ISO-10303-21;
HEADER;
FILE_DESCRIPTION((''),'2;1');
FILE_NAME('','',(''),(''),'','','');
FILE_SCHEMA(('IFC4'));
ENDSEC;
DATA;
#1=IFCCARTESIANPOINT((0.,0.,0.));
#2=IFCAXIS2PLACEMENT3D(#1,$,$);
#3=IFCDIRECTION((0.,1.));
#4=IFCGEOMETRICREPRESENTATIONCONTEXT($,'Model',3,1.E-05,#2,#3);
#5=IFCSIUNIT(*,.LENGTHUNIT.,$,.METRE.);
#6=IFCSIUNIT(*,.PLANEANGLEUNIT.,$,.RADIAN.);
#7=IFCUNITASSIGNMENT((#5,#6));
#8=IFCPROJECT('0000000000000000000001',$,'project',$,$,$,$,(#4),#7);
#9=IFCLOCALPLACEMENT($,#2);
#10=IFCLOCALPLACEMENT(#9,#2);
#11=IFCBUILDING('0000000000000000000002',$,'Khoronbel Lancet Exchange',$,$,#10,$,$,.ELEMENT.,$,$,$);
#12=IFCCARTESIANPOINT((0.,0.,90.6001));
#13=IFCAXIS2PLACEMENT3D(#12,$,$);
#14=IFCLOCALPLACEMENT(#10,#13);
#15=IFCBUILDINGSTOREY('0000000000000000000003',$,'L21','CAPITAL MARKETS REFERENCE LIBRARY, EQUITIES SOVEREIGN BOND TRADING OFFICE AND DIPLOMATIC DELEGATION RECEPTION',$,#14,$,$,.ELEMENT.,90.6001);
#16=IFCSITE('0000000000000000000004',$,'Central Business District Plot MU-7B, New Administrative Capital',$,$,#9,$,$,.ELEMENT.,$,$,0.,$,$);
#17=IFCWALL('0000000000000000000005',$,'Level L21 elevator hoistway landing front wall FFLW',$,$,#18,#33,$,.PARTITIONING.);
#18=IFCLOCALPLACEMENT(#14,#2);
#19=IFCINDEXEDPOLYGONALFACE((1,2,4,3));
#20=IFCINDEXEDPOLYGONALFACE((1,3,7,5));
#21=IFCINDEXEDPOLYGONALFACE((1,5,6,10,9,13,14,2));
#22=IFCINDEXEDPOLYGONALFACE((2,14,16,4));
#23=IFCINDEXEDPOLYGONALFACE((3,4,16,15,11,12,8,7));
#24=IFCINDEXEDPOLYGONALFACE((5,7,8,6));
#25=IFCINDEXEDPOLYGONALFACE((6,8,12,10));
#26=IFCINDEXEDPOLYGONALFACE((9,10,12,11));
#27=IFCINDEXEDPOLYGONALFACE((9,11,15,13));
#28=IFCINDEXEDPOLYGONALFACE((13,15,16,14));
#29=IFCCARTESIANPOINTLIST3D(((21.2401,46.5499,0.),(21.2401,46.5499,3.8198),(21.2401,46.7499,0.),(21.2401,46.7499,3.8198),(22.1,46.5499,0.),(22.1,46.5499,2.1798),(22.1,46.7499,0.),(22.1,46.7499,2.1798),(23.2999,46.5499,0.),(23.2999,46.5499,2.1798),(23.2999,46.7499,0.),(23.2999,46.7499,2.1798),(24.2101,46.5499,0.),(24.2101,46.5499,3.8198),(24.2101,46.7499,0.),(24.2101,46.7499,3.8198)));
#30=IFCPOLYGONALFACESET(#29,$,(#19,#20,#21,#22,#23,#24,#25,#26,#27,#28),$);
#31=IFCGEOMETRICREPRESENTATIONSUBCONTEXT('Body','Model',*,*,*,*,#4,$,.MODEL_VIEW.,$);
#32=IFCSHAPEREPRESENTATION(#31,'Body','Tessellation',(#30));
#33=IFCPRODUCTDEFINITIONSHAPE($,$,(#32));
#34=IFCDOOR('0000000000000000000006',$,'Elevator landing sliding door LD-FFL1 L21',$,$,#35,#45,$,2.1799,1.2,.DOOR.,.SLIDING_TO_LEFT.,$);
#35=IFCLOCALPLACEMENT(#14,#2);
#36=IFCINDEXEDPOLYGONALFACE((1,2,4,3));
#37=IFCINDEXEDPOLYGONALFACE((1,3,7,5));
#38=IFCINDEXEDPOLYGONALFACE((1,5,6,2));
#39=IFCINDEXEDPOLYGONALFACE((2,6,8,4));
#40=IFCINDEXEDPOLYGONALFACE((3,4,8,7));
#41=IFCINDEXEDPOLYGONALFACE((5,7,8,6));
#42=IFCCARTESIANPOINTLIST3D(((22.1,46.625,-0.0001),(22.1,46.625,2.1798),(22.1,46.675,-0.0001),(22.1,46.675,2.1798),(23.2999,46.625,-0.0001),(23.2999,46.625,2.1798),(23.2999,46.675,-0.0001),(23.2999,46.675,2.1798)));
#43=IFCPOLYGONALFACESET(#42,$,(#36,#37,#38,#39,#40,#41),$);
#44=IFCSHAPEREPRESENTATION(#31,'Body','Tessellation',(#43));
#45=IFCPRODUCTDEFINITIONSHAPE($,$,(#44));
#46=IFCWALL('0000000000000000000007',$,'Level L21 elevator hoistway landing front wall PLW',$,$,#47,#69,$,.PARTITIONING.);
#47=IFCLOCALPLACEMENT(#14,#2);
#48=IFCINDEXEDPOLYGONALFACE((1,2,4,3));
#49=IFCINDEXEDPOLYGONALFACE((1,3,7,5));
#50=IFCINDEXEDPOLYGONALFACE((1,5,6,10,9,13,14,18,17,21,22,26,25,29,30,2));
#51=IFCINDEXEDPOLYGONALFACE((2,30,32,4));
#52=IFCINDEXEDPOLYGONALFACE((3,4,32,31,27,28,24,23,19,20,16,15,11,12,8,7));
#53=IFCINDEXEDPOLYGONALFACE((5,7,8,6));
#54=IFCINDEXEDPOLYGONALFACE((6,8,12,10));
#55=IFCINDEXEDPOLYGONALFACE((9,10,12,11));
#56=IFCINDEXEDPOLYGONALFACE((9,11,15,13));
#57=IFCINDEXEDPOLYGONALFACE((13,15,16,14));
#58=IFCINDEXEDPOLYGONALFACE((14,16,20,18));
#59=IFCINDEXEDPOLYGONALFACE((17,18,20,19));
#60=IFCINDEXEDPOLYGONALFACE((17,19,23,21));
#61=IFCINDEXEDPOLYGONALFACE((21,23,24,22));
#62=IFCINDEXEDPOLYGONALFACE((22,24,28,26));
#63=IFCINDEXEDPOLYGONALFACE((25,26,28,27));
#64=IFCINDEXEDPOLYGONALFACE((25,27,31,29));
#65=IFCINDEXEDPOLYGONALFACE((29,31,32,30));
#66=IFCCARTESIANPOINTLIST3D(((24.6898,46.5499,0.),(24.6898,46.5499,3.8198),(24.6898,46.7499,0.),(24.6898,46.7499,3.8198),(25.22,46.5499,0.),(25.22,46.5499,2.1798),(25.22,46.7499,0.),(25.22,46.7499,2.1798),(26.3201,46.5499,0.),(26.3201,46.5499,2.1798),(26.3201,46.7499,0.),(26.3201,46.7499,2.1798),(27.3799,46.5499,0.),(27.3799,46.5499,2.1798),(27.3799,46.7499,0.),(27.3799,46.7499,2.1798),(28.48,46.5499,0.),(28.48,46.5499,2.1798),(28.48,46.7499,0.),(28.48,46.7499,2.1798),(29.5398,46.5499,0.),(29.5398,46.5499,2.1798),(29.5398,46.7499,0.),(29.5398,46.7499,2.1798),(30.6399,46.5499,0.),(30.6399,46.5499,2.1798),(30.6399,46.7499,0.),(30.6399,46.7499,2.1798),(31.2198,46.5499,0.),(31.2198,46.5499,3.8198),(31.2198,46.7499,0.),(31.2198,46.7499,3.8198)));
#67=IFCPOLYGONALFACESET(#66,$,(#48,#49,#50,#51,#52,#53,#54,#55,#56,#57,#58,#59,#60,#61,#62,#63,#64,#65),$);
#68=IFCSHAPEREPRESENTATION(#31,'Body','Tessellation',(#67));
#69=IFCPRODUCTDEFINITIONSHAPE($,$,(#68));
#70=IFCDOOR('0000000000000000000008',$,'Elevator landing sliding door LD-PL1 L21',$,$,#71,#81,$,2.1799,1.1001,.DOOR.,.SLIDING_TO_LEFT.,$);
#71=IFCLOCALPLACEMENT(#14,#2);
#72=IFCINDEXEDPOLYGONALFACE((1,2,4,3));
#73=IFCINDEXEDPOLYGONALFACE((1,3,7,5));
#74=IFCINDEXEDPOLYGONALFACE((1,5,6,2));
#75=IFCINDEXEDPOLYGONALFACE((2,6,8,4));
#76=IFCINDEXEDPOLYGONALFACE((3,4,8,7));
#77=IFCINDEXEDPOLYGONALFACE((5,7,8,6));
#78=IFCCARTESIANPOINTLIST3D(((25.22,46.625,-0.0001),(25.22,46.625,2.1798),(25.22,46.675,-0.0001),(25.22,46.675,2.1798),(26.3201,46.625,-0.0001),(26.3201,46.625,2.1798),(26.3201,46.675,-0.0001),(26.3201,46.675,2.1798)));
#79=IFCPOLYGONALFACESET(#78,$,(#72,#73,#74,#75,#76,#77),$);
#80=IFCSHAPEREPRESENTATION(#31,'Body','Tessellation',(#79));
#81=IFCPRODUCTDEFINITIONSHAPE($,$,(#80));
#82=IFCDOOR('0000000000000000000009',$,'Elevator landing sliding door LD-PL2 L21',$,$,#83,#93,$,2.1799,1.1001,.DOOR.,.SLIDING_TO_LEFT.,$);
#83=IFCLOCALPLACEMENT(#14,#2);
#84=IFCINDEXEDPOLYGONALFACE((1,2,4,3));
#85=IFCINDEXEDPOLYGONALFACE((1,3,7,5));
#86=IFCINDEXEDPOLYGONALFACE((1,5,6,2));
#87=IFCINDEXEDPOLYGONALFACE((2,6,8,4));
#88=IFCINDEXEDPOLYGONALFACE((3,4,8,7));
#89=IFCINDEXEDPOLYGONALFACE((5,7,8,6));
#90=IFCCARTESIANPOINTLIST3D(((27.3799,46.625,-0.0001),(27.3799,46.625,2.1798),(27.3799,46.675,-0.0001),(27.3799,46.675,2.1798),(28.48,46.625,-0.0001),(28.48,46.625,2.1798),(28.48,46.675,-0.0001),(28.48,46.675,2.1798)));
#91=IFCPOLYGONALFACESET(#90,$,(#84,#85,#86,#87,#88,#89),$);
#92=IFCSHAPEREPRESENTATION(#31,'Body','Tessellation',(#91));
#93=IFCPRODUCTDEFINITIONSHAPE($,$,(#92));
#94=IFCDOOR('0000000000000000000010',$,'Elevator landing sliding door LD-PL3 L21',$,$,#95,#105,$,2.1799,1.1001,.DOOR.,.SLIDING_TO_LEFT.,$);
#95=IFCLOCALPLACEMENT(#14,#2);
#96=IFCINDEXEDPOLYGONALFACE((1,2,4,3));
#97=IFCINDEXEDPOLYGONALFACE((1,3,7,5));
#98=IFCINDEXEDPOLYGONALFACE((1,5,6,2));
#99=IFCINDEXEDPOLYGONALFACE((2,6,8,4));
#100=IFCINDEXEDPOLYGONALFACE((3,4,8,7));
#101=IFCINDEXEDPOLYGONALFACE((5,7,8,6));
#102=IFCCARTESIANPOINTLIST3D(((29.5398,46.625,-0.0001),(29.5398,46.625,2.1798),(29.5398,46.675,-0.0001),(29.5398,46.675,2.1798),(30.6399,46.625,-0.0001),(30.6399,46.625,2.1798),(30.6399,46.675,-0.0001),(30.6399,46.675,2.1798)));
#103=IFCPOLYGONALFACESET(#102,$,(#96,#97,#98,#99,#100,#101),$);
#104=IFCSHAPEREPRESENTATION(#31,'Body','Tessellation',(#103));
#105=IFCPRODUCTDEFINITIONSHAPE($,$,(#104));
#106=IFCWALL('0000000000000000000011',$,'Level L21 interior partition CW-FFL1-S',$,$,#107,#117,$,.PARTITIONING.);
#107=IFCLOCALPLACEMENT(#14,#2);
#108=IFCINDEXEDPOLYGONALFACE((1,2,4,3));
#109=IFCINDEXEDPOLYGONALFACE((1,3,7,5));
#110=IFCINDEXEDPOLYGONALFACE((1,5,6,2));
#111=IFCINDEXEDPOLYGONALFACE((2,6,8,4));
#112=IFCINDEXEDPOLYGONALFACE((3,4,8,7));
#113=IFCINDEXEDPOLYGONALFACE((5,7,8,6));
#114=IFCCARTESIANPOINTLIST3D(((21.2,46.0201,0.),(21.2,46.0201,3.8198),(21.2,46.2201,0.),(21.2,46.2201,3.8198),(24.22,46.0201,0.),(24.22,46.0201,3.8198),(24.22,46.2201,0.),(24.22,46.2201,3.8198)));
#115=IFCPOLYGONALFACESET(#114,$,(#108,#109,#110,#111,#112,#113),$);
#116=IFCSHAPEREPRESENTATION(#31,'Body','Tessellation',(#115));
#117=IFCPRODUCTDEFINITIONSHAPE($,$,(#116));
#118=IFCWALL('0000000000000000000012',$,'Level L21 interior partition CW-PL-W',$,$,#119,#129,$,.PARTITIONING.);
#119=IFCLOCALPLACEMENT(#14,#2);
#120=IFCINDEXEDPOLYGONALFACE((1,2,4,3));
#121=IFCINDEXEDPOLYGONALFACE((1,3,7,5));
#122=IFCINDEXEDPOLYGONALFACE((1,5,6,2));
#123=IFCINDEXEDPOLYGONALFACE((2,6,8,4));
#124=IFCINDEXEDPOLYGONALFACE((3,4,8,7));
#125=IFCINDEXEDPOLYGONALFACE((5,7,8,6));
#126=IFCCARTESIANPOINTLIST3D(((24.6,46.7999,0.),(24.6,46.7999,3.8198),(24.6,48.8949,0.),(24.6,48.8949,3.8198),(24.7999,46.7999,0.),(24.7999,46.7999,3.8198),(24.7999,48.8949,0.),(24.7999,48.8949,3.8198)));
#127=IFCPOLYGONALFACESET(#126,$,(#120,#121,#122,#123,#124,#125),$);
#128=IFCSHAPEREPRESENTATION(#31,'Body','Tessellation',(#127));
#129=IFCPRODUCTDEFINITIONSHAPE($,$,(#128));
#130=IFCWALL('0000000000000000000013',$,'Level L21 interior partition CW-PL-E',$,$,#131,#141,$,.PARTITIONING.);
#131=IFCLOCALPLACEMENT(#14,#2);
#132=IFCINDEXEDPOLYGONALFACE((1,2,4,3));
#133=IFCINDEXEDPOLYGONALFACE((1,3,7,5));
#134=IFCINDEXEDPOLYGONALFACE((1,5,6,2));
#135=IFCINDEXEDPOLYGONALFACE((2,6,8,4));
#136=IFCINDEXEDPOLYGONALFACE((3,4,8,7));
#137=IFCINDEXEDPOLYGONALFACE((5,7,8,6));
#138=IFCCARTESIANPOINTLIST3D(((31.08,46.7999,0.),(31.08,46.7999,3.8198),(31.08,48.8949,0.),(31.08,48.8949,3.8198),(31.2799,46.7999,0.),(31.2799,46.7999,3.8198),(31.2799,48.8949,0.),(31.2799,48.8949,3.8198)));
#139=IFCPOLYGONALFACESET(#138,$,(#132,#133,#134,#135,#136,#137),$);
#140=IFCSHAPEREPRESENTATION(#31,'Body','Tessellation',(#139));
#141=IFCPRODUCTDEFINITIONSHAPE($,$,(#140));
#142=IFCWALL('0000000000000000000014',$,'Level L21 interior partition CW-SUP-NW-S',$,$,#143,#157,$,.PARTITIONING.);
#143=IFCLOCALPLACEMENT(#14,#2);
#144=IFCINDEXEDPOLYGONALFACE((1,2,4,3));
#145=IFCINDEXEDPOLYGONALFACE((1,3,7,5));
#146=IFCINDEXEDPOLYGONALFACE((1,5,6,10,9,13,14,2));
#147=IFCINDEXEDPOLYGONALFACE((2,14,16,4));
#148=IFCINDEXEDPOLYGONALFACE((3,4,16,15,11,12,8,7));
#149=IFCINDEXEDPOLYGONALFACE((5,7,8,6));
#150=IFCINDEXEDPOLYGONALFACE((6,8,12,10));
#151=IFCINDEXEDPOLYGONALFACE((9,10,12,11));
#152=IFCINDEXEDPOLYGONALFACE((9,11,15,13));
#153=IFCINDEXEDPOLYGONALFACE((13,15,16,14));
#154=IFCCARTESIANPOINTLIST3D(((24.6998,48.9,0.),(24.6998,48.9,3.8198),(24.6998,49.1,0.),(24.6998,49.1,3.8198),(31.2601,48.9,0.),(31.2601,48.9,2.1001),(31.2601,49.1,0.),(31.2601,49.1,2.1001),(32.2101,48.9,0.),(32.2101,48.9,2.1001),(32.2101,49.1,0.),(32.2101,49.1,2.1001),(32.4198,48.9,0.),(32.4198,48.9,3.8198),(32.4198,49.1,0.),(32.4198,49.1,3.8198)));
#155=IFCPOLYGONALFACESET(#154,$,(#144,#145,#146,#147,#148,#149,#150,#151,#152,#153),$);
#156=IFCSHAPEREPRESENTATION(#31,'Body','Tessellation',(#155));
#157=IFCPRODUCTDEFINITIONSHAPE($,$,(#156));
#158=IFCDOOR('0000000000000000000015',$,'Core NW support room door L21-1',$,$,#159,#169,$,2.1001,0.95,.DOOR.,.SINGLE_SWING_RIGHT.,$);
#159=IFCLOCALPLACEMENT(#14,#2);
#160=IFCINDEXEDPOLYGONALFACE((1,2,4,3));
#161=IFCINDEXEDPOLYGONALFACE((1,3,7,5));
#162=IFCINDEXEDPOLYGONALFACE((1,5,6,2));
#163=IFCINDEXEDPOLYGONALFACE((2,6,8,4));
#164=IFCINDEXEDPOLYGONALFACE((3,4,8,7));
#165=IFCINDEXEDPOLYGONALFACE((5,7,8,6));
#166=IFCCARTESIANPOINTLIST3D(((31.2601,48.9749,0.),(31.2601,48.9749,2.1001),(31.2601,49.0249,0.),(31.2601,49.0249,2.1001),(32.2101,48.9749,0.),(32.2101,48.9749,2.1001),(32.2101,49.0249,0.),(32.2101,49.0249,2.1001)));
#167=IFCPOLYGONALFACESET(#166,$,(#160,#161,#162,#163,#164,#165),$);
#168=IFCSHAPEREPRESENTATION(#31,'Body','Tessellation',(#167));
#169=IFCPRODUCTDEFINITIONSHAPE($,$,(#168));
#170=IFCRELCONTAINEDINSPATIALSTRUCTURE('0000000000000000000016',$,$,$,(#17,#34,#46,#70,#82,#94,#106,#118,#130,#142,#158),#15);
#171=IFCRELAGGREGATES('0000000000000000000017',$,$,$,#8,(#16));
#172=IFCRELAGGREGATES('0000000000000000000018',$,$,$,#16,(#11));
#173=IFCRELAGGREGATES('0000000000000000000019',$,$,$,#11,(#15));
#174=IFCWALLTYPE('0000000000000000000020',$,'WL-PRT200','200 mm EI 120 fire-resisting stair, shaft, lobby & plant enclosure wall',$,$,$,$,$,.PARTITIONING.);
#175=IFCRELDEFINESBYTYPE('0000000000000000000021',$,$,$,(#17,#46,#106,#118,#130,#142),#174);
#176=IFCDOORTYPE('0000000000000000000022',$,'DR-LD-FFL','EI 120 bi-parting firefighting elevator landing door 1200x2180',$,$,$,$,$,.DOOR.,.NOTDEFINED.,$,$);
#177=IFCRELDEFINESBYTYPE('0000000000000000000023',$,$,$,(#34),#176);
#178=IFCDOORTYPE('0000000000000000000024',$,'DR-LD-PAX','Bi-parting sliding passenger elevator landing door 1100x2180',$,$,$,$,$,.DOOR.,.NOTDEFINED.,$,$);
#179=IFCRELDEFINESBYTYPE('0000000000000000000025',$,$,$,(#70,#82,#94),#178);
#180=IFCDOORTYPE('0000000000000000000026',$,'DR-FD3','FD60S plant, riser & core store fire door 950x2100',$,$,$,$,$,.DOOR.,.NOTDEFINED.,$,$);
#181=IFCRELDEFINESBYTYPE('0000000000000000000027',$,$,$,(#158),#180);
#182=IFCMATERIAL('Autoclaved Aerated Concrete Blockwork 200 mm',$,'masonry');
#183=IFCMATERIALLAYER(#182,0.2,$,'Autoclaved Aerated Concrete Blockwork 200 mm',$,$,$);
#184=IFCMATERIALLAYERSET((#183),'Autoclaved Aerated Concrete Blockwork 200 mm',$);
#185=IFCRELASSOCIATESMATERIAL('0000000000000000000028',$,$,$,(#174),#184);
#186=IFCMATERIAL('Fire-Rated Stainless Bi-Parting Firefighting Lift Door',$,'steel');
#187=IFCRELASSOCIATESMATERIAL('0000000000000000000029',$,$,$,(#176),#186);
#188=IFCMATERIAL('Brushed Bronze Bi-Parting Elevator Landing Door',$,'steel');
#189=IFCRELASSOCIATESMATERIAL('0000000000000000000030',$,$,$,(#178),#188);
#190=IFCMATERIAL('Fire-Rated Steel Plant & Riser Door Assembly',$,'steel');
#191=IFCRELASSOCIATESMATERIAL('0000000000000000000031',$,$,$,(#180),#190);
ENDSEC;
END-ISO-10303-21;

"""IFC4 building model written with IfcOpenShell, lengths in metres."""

from ifc_helpers import new_model, si_unit, direction, frame, frame_2d, origin, place, context, subcontext, project, spatial, rectangle, extrude, material, layer, layer_set, type_object, element, fill, save


model = new_model("IFC4")

# Units and contexts
model_context = context("Model", 3, precision=1e-05, world=origin(), true_north=direction((0.0, 1.0)))
body_context = subcontext(model_context, "Body", "Model", "MODEL_VIEW")
ifc_project = project(units=[si_unit("LENGTHUNIT", "METRE"), si_unit("PLANEANGLEUNIT", "RADIAN")], contexts=[model_context])

# Site, building, storey
site_placement = place(None, origin())
site = spatial("IfcSite", under=ifc_project, at=site_placement, Name="Central Business District Plot MU-7B, New Administrative Capital", CompositionType="ELEMENT", RefElevation=0.0)
building_placement = place(site_placement, origin())
building = spatial("IfcBuilding", under=site, at=building_placement, Name="Khoronbel Lancet Exchange", CompositionType="ELEMENT")
storey_placement = place(building_placement, frame((0.0, 0.0, 90.6001)))
storey = spatial("IfcBuildingStorey", under=building, at=storey_placement, Name="L21", Description="CAPITAL MARKETS REFERENCE LIBRARY, EQUITIES SOVEREIGN BOND TRADING OFFICE AND DIPLOMATIC DELEGATION RECEPTION", CompositionType="ELEMENT", Elevation=90.6001)

# Wall, opening, door
ifc_material_1 = material(Name="Autoclaved Aerated Concrete Blockwork 200 mm", Category="masonry")
ifc_layer_1 = layer(ifc_material_1, 0.2, Name="Autoclaved Aerated Concrete Blockwork 200 mm")
ifc_layer_set_1 = layer_set([ifc_layer_1], Name="Autoclaved Aerated Concrete Blockwork 200 mm")
wall_type_1 = type_object("IfcWallType", Name="WL-PRT200", Description="200 mm EI 120 fire-resisting stair, shaft, lobby & plant enclosure wall", PredefinedType="PARTITIONING", material=ifc_layer_set_1)
wall_1_placement = place(storey_placement, frame((24.21, 46.6499, 0.0), z_axis=(0.0, 0.0, 1.0), x_axis=(-1.0, 0.0, 0.0)))
wall_1 = element("IfcWall", 1, at=wall_1_placement, inside=storey, type_object=wall_type_1, Name="Level L21 elevator hoistway landing front wall FFLW", PredefinedType="PARTITIONING", context=body_context, shape_type="SweptSolid", body=[
    extrude(rectangle(XDim=2.97, YDim=0.2, at=frame_2d((1.4849, 0.0))), origin(), (0.0, 0.0, 1.0), 3.8198),
])
opening_1_placement = place(wall_1_placement, frame((0.9099, 0.0, 0.0)))
opening_1 = element("IfcOpeningElement", 2, at=opening_1_placement, cuts=wall_1, PredefinedType="OPENING", context=body_context, shape_type="SweptSolid", body=[
    extrude(rectangle(XDim=1.2, YDim=2.1799, at=frame_2d((0.6001, 1.0898))), frame((0.0, 0.1099, 0.0), z_axis=(0.0, -1.0, 0.0), x_axis=(1.0, 0.0, 0.0)), (0.0, 0.0, 1.0), 0.22),
])
ifc_material_2 = material(Name="Fire-Rated Stainless Bi-Parting Firefighting Lift Door", Category="steel")
door_type_1 = type_object("IfcDoorType", Name="DR-LD-FFL", Description="EI 120 bi-parting firefighting elevator landing door 1200x2180", OperationType="NOTDEFINED", PredefinedType="DOOR", material=ifc_material_2)
door_1_placement = place(opening_1_placement, origin())
door_1 = element("IfcDoor", 3, at=door_1_placement, inside=storey, type_object=door_type_1, Name="Elevator landing sliding door LD-FFL1 L21", OperationType="SLIDING_TO_LEFT", OverallHeight=2.1799, OverallWidth=1.2, PredefinedType="DOOR", context=body_context, shape_type="SweptSolid", body=[
    extrude(rectangle(XDim=1.2, YDim=2.1799, at=frame_2d((0.6001, 1.0898))), frame((0.0, 0.0249, 0.0), z_axis=(0.0, -1.0, 0.0), x_axis=(1.0, 0.0, 0.0)), (0.0, 0.0, 1.0), 0.05),
])
fill(opening_1, door_1)

# Wall, openings, doors
wall_2_placement = place(storey_placement, frame((31.22, 46.6499, 0.0), z_axis=(0.0, 0.0, 1.0), x_axis=(-1.0, 0.0, 0.0)))
wall_2 = element("IfcWall", 4, at=wall_2_placement, inside=storey, type_object=wall_type_1, Name="Level L21 elevator hoistway landing front wall PLW", PredefinedType="PARTITIONING", context=body_context, shape_type="SweptSolid", body=[
    extrude(rectangle(XDim=6.53, YDim=0.2, at=frame_2d((3.2651, 0.0))), origin(), (0.0, 0.0, 1.0), 3.8198),
])
opening_2_placement = place(wall_2_placement, frame((4.8999, 0.0, 0.0)))
opening_2 = element("IfcOpeningElement", 5, at=opening_2_placement, cuts=wall_2, PredefinedType="OPENING", context=body_context, shape_type="SweptSolid", body=[
    extrude(rectangle(XDim=1.1001, YDim=2.1799, at=frame_2d((0.55, 1.0898))), frame((0.0, 0.1099, 0.0), z_axis=(0.0, -1.0, 0.0), x_axis=(1.0, 0.0, 0.0)), (0.0, 0.0, 1.0), 0.22),
])
opening_3_placement = place(wall_2_placement, frame((2.74, 0.0, 0.0)))
opening_3 = element("IfcOpeningElement", 6, at=opening_3_placement, cuts=wall_2, PredefinedType="OPENING", context=body_context, shape_type="SweptSolid", body=[
    extrude(rectangle(XDim=1.1001, YDim=2.1799, at=frame_2d((0.55, 1.0898))), frame((0.0, 0.1099, 0.0), z_axis=(0.0, -1.0, 0.0), x_axis=(1.0, 0.0, 0.0)), (0.0, 0.0, 1.0), 0.22),
])
opening_4_placement = place(wall_2_placement, frame((0.5801, 0.0, 0.0)))
opening_4 = element("IfcOpeningElement", 7, at=opening_4_placement, cuts=wall_2, PredefinedType="OPENING", context=body_context, shape_type="SweptSolid", body=[
    extrude(rectangle(XDim=1.1001, YDim=2.1799, at=frame_2d((0.55, 1.0898))), frame((0.0, 0.1099, 0.0), z_axis=(0.0, -1.0, 0.0), x_axis=(1.0, 0.0, 0.0)), (0.0, 0.0, 1.0), 0.22),
])
ifc_material_3 = material(Name="Brushed Bronze Bi-Parting Elevator Landing Door", Category="steel")
door_type_2 = type_object("IfcDoorType", Name="DR-LD-PAX", Description="Bi-parting sliding passenger elevator landing door 1100x2180", OperationType="NOTDEFINED", PredefinedType="DOOR", material=ifc_material_3)
door_2_placement = place(opening_2_placement, origin())
door_2 = element("IfcDoor", 8, at=door_2_placement, inside=storey, type_object=door_type_2, Name="Elevator landing sliding door LD-PL1 L21", OperationType="SLIDING_TO_LEFT", OverallHeight=2.1799, OverallWidth=1.1001, PredefinedType="DOOR", context=body_context, shape_type="SweptSolid", body=[
    extrude(rectangle(XDim=1.1001, YDim=2.1799, at=frame_2d((0.55, 1.0898))), frame((0.0, 0.0249, 0.0), z_axis=(0.0, -1.0, 0.0), x_axis=(1.0, 0.0, 0.0)), (0.0, 0.0, 1.0), 0.05),
])
fill(opening_2, door_2)
door_3_placement = place(opening_3_placement, origin())
door_3 = element("IfcDoor", 9, at=door_3_placement, inside=storey, type_object=door_type_2, Name="Elevator landing sliding door LD-PL2 L21", OperationType="SLIDING_TO_LEFT", OverallHeight=2.1799, OverallWidth=1.1001, PredefinedType="DOOR", context=body_context, shape_type="SweptSolid", body=[
    extrude(rectangle(XDim=1.1001, YDim=2.1799, at=frame_2d((0.55, 1.0898))), frame((0.0, 0.0249, 0.0), z_axis=(0.0, -1.0, 0.0), x_axis=(1.0, 0.0, 0.0)), (0.0, 0.0, 1.0), 0.05),
])
fill(opening_3, door_3)
door_4_placement = place(opening_4_placement, origin())
door_4 = element("IfcDoor", 10, at=door_4_placement, inside=storey, type_object=door_type_2, Name="Elevator landing sliding door LD-PL3 L21", OperationType="SLIDING_TO_LEFT", OverallHeight=2.1799, OverallWidth=1.1001, PredefinedType="DOOR", context=body_context, shape_type="SweptSolid", body=[
    extrude(rectangle(XDim=1.1001, YDim=2.1799, at=frame_2d((0.55, 1.0898))), frame((0.0, 0.0249, 0.0), z_axis=(0.0, -1.0, 0.0), x_axis=(1.0, 0.0, 0.0)), (0.0, 0.0, 1.0), 0.05),
])
fill(opening_4, door_4)

# Walls
wall_3_placement = place(storey_placement, frame((21.2, 46.1201, 0.0), z_axis=(0.0, 0.0, 1.0), x_axis=(1.0, 0.0, 0.0)))
element("IfcWall", 11, at=wall_3_placement, inside=storey, type_object=wall_type_1, Name="Level L21 interior partition CW-FFL1-S", PredefinedType="PARTITIONING", context=body_context, shape_type="SweptSolid", body=[
    extrude(rectangle(XDim=3.02, YDim=0.2, at=frame_2d((1.51, 0.0))), origin(), (0.0, 0.0, 1.0), 3.8198),
])
for number, where, z_axis, x_axis, name in (
    (12, (24.7, 46.8, 0.0), (0.0, 0.0, 1.0), (0.0, 1.0, 0.0), "Level L21 interior partition CW-PL-W"),
    (13, (31.1799, 46.8, 0.0), (0.0, 0.0, 1.0), (0.0, 1.0, 0.0), "Level L21 interior partition CW-PL-E"),
):
    element("IfcWall", number, at=place(storey_placement, frame(where, z_axis=z_axis, x_axis=x_axis)), inside=storey, type_object=wall_type_1, Name=name, PredefinedType="PARTITIONING", context=body_context, shape_type="SweptSolid", body=[
        extrude(rectangle(XDim=2.095, YDim=0.2, at=frame_2d((1.0474, 0.0))), origin(), (0.0, 0.0, 1.0), 3.8198),
    ])

# Wall, opening, door
wall_4_placement = place(storey_placement, frame((24.7, 49.0, 0.0), z_axis=(0.0, 0.0, 1.0), x_axis=(1.0, 0.0, 0.0)))
wall_4 = element("IfcWall", 14, at=wall_4_placement, inside=storey, type_object=wall_type_1, Name="Level L21 interior partition CW-SUP-NW-S", PredefinedType="PARTITIONING", context=body_context, shape_type="SweptSolid", body=[
    extrude(rectangle(XDim=7.72, YDim=0.2, at=frame_2d((3.8599, 0.0))), origin(), (0.0, 0.0, 1.0), 3.8198),
])
opening_5_placement = place(wall_4_placement, frame((6.5601, 0.0, 0.0)))
opening_5 = element("IfcOpeningElement", 15, at=opening_5_placement, cuts=wall_4, PredefinedType="OPENING", context=body_context, shape_type="SweptSolid", body=[
    extrude(rectangle(XDim=0.95, YDim=2.1001, at=frame_2d((0.4751, 1.05))), frame((0.0, 0.1099, 0.0), z_axis=(0.0, -1.0, 0.0), x_axis=(1.0, 0.0, 0.0)), (0.0, 0.0, 1.0), 0.22),
])
ifc_material_4 = material(Name="Fire-Rated Steel Plant & Riser Door Assembly", Category="steel")
door_type_3 = type_object("IfcDoorType", Name="DR-FD3", Description="FD60S plant, riser & core store fire door 950x2100", OperationType="NOTDEFINED", PredefinedType="DOOR", material=ifc_material_4)
door_5_placement = place(opening_5_placement, origin())
door_5 = element("IfcDoor", 16, at=door_5_placement, inside=storey, type_object=door_type_3, Name="Core NW support room door L21-1", OperationType="SINGLE_SWING_RIGHT", OverallHeight=2.1001, OverallWidth=0.95, PredefinedType="DOOR", context=body_context, shape_type="SweptSolid", body=[
    extrude(rectangle(XDim=0.95, YDim=2.1001, at=frame_2d((0.4751, 1.05))), frame((0.0, 0.0249, 0.0), z_axis=(0.0, -1.0, 0.0), x_axis=(1.0, 0.0, 0.0)), (0.0, 0.0, 1.0), 0.05),
])
fill(opening_5, door_5)

save(model, "model.ifc")
